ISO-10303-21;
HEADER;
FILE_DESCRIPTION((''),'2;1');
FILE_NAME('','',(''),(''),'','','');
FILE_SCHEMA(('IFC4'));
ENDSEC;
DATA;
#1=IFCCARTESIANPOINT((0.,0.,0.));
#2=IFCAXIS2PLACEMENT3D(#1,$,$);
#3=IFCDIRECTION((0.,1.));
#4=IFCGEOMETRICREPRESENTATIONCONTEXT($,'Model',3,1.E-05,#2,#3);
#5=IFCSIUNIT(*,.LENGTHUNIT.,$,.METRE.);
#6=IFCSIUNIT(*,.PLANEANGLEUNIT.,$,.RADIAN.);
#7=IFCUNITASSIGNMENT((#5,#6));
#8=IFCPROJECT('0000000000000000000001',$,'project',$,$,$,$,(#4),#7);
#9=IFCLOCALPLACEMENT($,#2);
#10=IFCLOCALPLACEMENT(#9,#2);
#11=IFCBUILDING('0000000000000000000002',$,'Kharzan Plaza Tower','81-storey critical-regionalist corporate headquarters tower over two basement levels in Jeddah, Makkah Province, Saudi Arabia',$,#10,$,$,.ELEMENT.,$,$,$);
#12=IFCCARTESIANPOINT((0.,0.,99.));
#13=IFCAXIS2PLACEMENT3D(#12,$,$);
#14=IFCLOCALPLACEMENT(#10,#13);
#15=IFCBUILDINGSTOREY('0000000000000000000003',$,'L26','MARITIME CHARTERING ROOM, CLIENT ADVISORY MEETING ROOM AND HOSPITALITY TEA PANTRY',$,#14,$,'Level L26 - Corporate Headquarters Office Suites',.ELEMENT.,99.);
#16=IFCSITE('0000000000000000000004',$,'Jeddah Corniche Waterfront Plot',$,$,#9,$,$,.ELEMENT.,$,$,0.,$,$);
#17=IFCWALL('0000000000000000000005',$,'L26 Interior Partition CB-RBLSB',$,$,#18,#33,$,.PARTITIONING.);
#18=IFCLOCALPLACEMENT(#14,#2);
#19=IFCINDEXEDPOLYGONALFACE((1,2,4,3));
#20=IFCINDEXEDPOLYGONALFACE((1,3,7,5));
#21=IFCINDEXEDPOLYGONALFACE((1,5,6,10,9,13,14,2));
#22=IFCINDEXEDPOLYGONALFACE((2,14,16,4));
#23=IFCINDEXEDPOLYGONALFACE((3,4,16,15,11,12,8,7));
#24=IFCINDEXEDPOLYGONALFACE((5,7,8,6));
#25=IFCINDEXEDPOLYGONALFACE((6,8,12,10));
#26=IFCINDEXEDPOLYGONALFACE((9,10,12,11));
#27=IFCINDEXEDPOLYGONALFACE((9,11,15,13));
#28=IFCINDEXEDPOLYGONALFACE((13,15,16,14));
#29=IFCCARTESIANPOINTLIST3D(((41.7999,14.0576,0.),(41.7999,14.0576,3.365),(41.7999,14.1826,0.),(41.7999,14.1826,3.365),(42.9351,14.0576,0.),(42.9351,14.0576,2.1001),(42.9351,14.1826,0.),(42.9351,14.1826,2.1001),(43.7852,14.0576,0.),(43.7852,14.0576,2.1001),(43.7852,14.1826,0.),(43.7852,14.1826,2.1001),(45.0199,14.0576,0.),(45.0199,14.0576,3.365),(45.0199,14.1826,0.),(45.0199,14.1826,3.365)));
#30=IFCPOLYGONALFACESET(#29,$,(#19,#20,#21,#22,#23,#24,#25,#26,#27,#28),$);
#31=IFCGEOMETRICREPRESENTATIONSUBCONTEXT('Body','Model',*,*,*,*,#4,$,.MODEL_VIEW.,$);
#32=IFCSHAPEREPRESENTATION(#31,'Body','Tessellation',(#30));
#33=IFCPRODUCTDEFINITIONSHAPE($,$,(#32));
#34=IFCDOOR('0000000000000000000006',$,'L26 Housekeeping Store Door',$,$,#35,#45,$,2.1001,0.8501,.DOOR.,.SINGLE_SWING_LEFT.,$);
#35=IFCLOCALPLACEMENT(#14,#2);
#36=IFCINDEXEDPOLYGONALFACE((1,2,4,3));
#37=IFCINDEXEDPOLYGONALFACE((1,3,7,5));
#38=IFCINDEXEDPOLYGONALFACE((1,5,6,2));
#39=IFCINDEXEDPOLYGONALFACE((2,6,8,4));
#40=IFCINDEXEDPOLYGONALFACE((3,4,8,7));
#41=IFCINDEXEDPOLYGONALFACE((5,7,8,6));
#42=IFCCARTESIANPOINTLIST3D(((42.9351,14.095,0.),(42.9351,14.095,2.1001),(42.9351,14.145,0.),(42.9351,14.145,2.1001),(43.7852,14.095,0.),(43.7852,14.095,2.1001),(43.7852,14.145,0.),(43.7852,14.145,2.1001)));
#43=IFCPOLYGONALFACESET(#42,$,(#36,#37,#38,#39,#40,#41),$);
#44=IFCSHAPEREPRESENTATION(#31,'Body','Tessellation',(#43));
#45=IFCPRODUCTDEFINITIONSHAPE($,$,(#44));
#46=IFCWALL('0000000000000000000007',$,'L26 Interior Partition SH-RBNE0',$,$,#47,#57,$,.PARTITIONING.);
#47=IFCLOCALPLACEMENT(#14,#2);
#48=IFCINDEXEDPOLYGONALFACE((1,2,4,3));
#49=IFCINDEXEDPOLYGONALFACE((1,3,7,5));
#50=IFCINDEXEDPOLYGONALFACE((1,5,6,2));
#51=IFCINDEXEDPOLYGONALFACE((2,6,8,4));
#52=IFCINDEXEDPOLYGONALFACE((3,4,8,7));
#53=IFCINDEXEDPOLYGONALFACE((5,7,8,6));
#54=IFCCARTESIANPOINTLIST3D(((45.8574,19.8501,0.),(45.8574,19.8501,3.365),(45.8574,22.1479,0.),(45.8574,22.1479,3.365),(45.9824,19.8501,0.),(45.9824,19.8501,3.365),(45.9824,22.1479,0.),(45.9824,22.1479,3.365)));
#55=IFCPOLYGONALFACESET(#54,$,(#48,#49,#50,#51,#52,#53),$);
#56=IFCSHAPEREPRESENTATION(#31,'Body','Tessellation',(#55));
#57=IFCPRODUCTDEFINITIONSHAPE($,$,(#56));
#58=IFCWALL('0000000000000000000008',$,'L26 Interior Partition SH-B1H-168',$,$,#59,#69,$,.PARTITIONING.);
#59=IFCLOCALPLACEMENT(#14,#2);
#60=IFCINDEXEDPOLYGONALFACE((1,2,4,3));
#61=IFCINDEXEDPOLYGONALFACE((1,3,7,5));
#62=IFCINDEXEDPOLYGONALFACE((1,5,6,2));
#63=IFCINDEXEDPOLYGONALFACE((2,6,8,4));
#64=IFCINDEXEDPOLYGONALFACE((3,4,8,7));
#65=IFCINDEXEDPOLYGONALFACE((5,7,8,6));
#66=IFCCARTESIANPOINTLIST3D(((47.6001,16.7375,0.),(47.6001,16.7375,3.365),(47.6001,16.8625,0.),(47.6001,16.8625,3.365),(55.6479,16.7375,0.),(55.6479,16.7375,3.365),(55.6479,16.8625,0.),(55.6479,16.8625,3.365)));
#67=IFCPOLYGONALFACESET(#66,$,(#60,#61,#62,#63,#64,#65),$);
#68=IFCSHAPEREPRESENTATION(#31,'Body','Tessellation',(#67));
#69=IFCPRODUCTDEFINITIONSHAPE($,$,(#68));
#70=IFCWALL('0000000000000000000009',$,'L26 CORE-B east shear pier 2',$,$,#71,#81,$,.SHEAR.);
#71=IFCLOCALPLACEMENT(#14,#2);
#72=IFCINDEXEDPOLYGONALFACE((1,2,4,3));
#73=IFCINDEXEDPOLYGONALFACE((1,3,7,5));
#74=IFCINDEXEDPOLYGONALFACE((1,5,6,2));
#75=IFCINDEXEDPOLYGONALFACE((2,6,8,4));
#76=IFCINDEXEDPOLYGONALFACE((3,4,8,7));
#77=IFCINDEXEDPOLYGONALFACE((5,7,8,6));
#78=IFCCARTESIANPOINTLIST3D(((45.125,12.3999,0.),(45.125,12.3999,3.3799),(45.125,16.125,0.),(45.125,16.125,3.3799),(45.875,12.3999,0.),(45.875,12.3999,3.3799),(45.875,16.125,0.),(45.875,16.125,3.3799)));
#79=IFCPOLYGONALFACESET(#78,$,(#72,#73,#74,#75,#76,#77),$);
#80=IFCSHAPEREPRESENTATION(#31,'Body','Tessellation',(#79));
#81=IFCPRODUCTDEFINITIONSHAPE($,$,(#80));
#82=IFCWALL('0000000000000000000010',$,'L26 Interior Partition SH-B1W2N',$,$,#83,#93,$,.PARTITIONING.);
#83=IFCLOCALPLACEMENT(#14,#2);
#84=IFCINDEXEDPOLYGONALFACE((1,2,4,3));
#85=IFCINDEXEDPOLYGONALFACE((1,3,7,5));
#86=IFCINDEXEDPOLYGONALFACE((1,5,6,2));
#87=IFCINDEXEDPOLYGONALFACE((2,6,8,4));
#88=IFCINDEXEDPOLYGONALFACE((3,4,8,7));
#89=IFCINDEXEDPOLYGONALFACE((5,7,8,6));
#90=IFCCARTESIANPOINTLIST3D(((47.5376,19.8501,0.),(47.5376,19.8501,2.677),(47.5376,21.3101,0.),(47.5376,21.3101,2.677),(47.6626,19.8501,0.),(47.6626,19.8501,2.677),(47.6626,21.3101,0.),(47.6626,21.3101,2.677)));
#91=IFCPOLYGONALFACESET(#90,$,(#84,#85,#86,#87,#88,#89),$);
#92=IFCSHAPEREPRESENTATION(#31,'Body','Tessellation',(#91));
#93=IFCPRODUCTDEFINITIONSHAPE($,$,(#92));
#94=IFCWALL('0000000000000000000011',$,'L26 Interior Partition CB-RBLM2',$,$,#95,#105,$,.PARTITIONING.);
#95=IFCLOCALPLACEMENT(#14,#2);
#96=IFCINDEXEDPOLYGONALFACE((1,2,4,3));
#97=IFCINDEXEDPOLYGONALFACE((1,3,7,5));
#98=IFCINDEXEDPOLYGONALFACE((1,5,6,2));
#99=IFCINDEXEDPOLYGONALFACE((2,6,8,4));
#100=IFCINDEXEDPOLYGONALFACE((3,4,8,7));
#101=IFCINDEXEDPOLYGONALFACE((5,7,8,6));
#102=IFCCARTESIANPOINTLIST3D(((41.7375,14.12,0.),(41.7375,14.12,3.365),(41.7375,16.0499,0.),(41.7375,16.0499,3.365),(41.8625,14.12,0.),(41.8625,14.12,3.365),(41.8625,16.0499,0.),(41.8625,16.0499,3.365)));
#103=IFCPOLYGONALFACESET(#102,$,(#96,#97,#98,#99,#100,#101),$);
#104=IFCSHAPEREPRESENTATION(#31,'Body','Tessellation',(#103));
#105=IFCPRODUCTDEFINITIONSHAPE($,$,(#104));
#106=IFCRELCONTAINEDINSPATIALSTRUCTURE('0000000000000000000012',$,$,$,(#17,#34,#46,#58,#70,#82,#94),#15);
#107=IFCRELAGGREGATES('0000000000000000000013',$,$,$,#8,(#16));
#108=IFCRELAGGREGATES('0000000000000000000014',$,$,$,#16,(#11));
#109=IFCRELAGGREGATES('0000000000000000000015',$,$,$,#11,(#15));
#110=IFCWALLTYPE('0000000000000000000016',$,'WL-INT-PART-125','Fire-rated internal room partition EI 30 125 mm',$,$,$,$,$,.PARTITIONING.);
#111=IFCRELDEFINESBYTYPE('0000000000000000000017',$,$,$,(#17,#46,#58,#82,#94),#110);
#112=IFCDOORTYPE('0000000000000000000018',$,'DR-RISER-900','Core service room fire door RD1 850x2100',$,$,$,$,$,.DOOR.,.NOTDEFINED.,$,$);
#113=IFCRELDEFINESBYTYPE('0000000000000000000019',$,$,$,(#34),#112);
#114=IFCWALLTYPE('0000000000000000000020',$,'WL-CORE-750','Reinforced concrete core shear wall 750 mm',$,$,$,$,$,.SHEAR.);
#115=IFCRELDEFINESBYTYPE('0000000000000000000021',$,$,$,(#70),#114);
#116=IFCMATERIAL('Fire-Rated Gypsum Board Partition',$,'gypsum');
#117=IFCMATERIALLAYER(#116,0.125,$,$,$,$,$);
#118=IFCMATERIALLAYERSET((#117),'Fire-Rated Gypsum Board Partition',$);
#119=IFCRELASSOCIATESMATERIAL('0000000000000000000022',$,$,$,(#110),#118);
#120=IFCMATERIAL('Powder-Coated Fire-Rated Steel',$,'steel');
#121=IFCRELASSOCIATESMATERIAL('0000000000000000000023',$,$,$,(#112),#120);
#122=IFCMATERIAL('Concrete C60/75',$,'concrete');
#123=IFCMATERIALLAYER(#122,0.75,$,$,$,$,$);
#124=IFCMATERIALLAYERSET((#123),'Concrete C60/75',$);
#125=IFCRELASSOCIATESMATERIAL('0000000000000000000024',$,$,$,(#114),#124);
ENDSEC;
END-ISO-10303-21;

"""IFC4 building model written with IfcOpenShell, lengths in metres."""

from ifc_helpers import new_model, si_unit, direction, frame, frame_2d, origin, place, context, subcontext, project, spatial, rectangle, extrude, source, transform, mapped, material, layer, layer_set, type_object, element, fill, save


model = new_model("IFC4")

# Units and contexts
model_context = context("Model", 3, precision=1e-05, world=origin(), true_north=direction((0.0, 1.0)))
body_context = subcontext(model_context, "Body", "Model", "MODEL_VIEW")
ifc_project = project(units=[si_unit("LENGTHUNIT", "METRE"), si_unit("PLANEANGLEUNIT", "RADIAN")], contexts=[model_context])

# Site, building, storey
site_placement = place(None, origin())
site = spatial("IfcSite", under=ifc_project, at=site_placement, Name="Jeddah Corniche Waterfront Plot", CompositionType="ELEMENT", RefElevation=0.0)
building_placement = place(site_placement, origin())
building = spatial("IfcBuilding", under=site, at=building_placement, Name="Kharzan Plaza Tower", Description="81-storey critical-regionalist corporate headquarters tower over two basement levels in Jeddah, Makkah Province, Saudi Arabia", CompositionType="ELEMENT")
storey_placement = place(building_placement, frame((0.0, 0.0, 99.0)))
storey = spatial("IfcBuildingStorey", under=building, at=storey_placement, Name="L26", Description="MARITIME CHARTERING ROOM, CLIENT ADVISORY MEETING ROOM AND HOSPITALITY TEA PANTRY", LongName="Level L26 - Corporate Headquarters Office Suites", CompositionType="ELEMENT", Elevation=99.0)

# Shared definitions
ifc_material_1 = material(Name="Concrete C60/75", Category="concrete")

# Wall, opening, door
ifc_material_2 = material(Name="Fire-Rated Gypsum Board Partition", Category="gypsum")
ifc_layer_1 = layer(ifc_material_2, 0.125)
ifc_layer_set_1 = layer_set([ifc_layer_1], Name="Fire-Rated Gypsum Board Partition")
wall_type_1 = type_object("IfcWallType", Name="WL-INT-PART-125", Description="Fire-rated internal room partition EI 30 125 mm", PredefinedType="PARTITIONING", material=ifc_layer_set_1)
wall_1_placement = place(storey_placement, frame((41.8, 14.1201, 0.0), z_axis=(0.0, 0.0, 1.0), x_axis=(1.0, 0.0, 0.0)))
wall_1 = element("IfcWall", 1, at=wall_1_placement, inside=storey, type_object=wall_type_1, Name="L26 Interior Partition CB-RBLSB", PredefinedType="PARTITIONING", context=body_context, shape_type="SweptSolid", body=[
    extrude(rectangle(XDim=3.22, YDim=0.125, at=frame_2d((1.6099, 0.0))), origin(), (0.0, 0.0, 1.0), 3.365),
])
opening_1_placement = place(wall_1_placement, frame((1.135, 0.0, 0.0)))
opening_1 = element("IfcOpeningElement", 2, at=opening_1_placement, cuts=wall_1, PredefinedType="OPENING", context=body_context, shape_type="SweptSolid", body=[
    extrude(rectangle(XDim=0.8501, YDim=2.1001, at=frame_2d((0.425, 1.05))), frame((0.0, 0.0725, 0.0), z_axis=(0.0, -1.0, 0.0), x_axis=(1.0, 0.0, 0.0)), (0.0, 0.0, 1.0), 0.145),
])
ifc_material_3 = material(Name="Powder-Coated Fire-Rated Steel", Category="steel")
door_type_1 = type_object("IfcDoorType", Name="DR-RISER-900", Description="Core service room fire door RD1 850x2100", OperationType="NOTDEFINED", PredefinedType="DOOR", material=ifc_material_3)
shared_shape_1 = source(origin(), body_context, "Body", "SweptSolid", [
    extrude(rectangle(XDim=0.8501, YDim=2.1001, at=frame_2d((0.425, 1.05))), frame((0.0, 0.0249, 0.0), z_axis=(0.0, -1.0, 0.0), x_axis=(1.0, 0.0, 0.0)), (0.0, 0.0, 1.0), 0.05),
])
door_1_placement = place(opening_1_placement, origin())
door_1 = element("IfcDoor", 3, at=door_1_placement, inside=storey, type_object=door_type_1, Name="L26 Housekeeping Store Door", OperationType="SINGLE_SWING_LEFT", OverallHeight=2.1001, OverallWidth=0.8501, PredefinedType="DOOR", context=body_context, shape_type="MappedRepresentation", body=[
    mapped(shared_shape_1, transform((0.0, 0.0, 0.0), x_axis=(1.0, 0.0, 0.0), y_axis=(0.0, 1.0, 0.0), z_axis=(0.0, 0.0, 1.0))),
])
fill(opening_1, door_1)

# Walls
shared_shape_2 = source(origin(), body_context, "Body", "SweptSolid", [
    extrude(rectangle(XDim=2.2979, YDim=0.125, at=frame_2d((1.1489, 0.0))), origin(), (0.0, 0.0, 1.0), 3.365),
])
wall_2_placement = place(storey_placement, frame((45.9199, 19.8501, 0.0), z_axis=(0.0, 0.0, 1.0), x_axis=(0.0, 1.0, 0.0)))
element("IfcWall", 4, at=wall_2_placement, inside=storey, type_object=wall_type_1, Name="L26 Interior Partition SH-RBNE0", PredefinedType="PARTITIONING", context=body_context, shape_type="MappedRepresentation", body=[
    mapped(shared_shape_2, transform((0.0, 0.0, 0.0), x_axis=(1.0, 0.0, 0.0), y_axis=(0.0, 1.0, 0.0), z_axis=(0.0, 0.0, 1.0))),
])
shared_shape_3 = source(origin(), body_context, "Body", "SweptSolid", [
    extrude(rectangle(XDim=8.0479, YDim=0.125, at=frame_2d((4.0239, 0.0))), origin(), (0.0, 0.0, 1.0), 3.365),
])
wall_3_placement = place(storey_placement, frame((47.6001, 16.8, 0.0), z_axis=(0.0, 0.0, 1.0), x_axis=(1.0, 0.0, 0.0)))
element("IfcWall", 5, at=wall_3_placement, inside=storey, type_object=wall_type_1, Name="L26 Interior Partition SH-B1H-168", PredefinedType="PARTITIONING", context=body_context, shape_type="MappedRepresentation", body=[
    mapped(shared_shape_3, transform((0.0, 0.0, 0.0), x_axis=(1.0, 0.0, 0.0), y_axis=(0.0, 1.0, 0.0), z_axis=(0.0, 0.0, 1.0))),
])
ifc_layer_2 = layer(ifc_material_1, 0.75)
ifc_layer_set_2 = layer_set([ifc_layer_2], Name="Concrete C60/75")
wall_type_2 = type_object("IfcWallType", Name="WL-CORE-750", Description="Reinforced concrete core shear wall 750 mm", PredefinedType="SHEAR", material=ifc_layer_set_2)
shared_shape_4 = source(origin(), body_context, "Body", "SweptSolid", [
    extrude(rectangle(XDim=3.7251, YDim=0.75, at=frame_2d((1.8625, 0.0))), origin(), (0.0, 0.0, 1.0), 3.3799),
])
wall_4_placement = place(storey_placement, frame((45.5, 12.3999, 0.0), z_axis=(0.0, 0.0, 1.0), x_axis=(0.0, 1.0, 0.0)))
element("IfcWall", 6, at=wall_4_placement, inside=storey, type_object=wall_type_2, Name="L26 CORE-B east shear pier 2", PredefinedType="SHEAR", context=body_context, shape_type="MappedRepresentation", body=[
    mapped(shared_shape_4, transform((0.0, 0.0, 0.0), x_axis=(1.0, 0.0, 0.0), y_axis=(0.0, 1.0, 0.0), z_axis=(0.0, 0.0, 1.0))),
])
shared_shape_5 = source(origin(), body_context, "Body", "SweptSolid", [
    extrude(rectangle(XDim=1.46, YDim=0.125, at=frame_2d((0.73, 0.0))), origin(), (0.0, 0.0, 1.0), 2.677),
])
wall_5_placement = place(storey_placement, frame((47.6001, 19.8501, 0.0), z_axis=(0.0, 0.0, 1.0), x_axis=(0.0, 1.0, 0.0)))
element("IfcWall", 7, at=wall_5_placement, inside=storey, type_object=wall_type_1, Name="L26 Interior Partition SH-B1W2N", PredefinedType="PARTITIONING", context=body_context, shape_type="MappedRepresentation", body=[
    mapped(shared_shape_5, transform((0.0, 0.0, 0.0), x_axis=(1.0, 0.0, 0.0), y_axis=(0.0, 1.0, 0.0), z_axis=(0.0, 0.0, 1.0))),
])
shared_shape_6 = source(origin(), body_context, "Body", "SweptSolid", [
    extrude(rectangle(XDim=1.9299, YDim=0.125, at=frame_2d((0.9648, 0.0))), origin(), (0.0, 0.0, 1.0), 3.365),
])
wall_6_placement = place(storey_placement, frame((41.8, 14.1201, 0.0), z_axis=(0.0, 0.0, 1.0), x_axis=(0.0, 1.0, 0.0)))
element("IfcWall", 8, at=wall_6_placement, inside=storey, type_object=wall_type_1, Name="L26 Interior Partition CB-RBLM2", PredefinedType="PARTITIONING", context=body_context, shape_type="MappedRepresentation", body=[
    mapped(shared_shape_6, transform((0.0, 0.0, 0.0), x_axis=(1.0, 0.0, 0.0), y_axis=(0.0, 1.0, 0.0), z_axis=(0.0, 0.0, 1.0))),
])

save(model, "model.ifc")
